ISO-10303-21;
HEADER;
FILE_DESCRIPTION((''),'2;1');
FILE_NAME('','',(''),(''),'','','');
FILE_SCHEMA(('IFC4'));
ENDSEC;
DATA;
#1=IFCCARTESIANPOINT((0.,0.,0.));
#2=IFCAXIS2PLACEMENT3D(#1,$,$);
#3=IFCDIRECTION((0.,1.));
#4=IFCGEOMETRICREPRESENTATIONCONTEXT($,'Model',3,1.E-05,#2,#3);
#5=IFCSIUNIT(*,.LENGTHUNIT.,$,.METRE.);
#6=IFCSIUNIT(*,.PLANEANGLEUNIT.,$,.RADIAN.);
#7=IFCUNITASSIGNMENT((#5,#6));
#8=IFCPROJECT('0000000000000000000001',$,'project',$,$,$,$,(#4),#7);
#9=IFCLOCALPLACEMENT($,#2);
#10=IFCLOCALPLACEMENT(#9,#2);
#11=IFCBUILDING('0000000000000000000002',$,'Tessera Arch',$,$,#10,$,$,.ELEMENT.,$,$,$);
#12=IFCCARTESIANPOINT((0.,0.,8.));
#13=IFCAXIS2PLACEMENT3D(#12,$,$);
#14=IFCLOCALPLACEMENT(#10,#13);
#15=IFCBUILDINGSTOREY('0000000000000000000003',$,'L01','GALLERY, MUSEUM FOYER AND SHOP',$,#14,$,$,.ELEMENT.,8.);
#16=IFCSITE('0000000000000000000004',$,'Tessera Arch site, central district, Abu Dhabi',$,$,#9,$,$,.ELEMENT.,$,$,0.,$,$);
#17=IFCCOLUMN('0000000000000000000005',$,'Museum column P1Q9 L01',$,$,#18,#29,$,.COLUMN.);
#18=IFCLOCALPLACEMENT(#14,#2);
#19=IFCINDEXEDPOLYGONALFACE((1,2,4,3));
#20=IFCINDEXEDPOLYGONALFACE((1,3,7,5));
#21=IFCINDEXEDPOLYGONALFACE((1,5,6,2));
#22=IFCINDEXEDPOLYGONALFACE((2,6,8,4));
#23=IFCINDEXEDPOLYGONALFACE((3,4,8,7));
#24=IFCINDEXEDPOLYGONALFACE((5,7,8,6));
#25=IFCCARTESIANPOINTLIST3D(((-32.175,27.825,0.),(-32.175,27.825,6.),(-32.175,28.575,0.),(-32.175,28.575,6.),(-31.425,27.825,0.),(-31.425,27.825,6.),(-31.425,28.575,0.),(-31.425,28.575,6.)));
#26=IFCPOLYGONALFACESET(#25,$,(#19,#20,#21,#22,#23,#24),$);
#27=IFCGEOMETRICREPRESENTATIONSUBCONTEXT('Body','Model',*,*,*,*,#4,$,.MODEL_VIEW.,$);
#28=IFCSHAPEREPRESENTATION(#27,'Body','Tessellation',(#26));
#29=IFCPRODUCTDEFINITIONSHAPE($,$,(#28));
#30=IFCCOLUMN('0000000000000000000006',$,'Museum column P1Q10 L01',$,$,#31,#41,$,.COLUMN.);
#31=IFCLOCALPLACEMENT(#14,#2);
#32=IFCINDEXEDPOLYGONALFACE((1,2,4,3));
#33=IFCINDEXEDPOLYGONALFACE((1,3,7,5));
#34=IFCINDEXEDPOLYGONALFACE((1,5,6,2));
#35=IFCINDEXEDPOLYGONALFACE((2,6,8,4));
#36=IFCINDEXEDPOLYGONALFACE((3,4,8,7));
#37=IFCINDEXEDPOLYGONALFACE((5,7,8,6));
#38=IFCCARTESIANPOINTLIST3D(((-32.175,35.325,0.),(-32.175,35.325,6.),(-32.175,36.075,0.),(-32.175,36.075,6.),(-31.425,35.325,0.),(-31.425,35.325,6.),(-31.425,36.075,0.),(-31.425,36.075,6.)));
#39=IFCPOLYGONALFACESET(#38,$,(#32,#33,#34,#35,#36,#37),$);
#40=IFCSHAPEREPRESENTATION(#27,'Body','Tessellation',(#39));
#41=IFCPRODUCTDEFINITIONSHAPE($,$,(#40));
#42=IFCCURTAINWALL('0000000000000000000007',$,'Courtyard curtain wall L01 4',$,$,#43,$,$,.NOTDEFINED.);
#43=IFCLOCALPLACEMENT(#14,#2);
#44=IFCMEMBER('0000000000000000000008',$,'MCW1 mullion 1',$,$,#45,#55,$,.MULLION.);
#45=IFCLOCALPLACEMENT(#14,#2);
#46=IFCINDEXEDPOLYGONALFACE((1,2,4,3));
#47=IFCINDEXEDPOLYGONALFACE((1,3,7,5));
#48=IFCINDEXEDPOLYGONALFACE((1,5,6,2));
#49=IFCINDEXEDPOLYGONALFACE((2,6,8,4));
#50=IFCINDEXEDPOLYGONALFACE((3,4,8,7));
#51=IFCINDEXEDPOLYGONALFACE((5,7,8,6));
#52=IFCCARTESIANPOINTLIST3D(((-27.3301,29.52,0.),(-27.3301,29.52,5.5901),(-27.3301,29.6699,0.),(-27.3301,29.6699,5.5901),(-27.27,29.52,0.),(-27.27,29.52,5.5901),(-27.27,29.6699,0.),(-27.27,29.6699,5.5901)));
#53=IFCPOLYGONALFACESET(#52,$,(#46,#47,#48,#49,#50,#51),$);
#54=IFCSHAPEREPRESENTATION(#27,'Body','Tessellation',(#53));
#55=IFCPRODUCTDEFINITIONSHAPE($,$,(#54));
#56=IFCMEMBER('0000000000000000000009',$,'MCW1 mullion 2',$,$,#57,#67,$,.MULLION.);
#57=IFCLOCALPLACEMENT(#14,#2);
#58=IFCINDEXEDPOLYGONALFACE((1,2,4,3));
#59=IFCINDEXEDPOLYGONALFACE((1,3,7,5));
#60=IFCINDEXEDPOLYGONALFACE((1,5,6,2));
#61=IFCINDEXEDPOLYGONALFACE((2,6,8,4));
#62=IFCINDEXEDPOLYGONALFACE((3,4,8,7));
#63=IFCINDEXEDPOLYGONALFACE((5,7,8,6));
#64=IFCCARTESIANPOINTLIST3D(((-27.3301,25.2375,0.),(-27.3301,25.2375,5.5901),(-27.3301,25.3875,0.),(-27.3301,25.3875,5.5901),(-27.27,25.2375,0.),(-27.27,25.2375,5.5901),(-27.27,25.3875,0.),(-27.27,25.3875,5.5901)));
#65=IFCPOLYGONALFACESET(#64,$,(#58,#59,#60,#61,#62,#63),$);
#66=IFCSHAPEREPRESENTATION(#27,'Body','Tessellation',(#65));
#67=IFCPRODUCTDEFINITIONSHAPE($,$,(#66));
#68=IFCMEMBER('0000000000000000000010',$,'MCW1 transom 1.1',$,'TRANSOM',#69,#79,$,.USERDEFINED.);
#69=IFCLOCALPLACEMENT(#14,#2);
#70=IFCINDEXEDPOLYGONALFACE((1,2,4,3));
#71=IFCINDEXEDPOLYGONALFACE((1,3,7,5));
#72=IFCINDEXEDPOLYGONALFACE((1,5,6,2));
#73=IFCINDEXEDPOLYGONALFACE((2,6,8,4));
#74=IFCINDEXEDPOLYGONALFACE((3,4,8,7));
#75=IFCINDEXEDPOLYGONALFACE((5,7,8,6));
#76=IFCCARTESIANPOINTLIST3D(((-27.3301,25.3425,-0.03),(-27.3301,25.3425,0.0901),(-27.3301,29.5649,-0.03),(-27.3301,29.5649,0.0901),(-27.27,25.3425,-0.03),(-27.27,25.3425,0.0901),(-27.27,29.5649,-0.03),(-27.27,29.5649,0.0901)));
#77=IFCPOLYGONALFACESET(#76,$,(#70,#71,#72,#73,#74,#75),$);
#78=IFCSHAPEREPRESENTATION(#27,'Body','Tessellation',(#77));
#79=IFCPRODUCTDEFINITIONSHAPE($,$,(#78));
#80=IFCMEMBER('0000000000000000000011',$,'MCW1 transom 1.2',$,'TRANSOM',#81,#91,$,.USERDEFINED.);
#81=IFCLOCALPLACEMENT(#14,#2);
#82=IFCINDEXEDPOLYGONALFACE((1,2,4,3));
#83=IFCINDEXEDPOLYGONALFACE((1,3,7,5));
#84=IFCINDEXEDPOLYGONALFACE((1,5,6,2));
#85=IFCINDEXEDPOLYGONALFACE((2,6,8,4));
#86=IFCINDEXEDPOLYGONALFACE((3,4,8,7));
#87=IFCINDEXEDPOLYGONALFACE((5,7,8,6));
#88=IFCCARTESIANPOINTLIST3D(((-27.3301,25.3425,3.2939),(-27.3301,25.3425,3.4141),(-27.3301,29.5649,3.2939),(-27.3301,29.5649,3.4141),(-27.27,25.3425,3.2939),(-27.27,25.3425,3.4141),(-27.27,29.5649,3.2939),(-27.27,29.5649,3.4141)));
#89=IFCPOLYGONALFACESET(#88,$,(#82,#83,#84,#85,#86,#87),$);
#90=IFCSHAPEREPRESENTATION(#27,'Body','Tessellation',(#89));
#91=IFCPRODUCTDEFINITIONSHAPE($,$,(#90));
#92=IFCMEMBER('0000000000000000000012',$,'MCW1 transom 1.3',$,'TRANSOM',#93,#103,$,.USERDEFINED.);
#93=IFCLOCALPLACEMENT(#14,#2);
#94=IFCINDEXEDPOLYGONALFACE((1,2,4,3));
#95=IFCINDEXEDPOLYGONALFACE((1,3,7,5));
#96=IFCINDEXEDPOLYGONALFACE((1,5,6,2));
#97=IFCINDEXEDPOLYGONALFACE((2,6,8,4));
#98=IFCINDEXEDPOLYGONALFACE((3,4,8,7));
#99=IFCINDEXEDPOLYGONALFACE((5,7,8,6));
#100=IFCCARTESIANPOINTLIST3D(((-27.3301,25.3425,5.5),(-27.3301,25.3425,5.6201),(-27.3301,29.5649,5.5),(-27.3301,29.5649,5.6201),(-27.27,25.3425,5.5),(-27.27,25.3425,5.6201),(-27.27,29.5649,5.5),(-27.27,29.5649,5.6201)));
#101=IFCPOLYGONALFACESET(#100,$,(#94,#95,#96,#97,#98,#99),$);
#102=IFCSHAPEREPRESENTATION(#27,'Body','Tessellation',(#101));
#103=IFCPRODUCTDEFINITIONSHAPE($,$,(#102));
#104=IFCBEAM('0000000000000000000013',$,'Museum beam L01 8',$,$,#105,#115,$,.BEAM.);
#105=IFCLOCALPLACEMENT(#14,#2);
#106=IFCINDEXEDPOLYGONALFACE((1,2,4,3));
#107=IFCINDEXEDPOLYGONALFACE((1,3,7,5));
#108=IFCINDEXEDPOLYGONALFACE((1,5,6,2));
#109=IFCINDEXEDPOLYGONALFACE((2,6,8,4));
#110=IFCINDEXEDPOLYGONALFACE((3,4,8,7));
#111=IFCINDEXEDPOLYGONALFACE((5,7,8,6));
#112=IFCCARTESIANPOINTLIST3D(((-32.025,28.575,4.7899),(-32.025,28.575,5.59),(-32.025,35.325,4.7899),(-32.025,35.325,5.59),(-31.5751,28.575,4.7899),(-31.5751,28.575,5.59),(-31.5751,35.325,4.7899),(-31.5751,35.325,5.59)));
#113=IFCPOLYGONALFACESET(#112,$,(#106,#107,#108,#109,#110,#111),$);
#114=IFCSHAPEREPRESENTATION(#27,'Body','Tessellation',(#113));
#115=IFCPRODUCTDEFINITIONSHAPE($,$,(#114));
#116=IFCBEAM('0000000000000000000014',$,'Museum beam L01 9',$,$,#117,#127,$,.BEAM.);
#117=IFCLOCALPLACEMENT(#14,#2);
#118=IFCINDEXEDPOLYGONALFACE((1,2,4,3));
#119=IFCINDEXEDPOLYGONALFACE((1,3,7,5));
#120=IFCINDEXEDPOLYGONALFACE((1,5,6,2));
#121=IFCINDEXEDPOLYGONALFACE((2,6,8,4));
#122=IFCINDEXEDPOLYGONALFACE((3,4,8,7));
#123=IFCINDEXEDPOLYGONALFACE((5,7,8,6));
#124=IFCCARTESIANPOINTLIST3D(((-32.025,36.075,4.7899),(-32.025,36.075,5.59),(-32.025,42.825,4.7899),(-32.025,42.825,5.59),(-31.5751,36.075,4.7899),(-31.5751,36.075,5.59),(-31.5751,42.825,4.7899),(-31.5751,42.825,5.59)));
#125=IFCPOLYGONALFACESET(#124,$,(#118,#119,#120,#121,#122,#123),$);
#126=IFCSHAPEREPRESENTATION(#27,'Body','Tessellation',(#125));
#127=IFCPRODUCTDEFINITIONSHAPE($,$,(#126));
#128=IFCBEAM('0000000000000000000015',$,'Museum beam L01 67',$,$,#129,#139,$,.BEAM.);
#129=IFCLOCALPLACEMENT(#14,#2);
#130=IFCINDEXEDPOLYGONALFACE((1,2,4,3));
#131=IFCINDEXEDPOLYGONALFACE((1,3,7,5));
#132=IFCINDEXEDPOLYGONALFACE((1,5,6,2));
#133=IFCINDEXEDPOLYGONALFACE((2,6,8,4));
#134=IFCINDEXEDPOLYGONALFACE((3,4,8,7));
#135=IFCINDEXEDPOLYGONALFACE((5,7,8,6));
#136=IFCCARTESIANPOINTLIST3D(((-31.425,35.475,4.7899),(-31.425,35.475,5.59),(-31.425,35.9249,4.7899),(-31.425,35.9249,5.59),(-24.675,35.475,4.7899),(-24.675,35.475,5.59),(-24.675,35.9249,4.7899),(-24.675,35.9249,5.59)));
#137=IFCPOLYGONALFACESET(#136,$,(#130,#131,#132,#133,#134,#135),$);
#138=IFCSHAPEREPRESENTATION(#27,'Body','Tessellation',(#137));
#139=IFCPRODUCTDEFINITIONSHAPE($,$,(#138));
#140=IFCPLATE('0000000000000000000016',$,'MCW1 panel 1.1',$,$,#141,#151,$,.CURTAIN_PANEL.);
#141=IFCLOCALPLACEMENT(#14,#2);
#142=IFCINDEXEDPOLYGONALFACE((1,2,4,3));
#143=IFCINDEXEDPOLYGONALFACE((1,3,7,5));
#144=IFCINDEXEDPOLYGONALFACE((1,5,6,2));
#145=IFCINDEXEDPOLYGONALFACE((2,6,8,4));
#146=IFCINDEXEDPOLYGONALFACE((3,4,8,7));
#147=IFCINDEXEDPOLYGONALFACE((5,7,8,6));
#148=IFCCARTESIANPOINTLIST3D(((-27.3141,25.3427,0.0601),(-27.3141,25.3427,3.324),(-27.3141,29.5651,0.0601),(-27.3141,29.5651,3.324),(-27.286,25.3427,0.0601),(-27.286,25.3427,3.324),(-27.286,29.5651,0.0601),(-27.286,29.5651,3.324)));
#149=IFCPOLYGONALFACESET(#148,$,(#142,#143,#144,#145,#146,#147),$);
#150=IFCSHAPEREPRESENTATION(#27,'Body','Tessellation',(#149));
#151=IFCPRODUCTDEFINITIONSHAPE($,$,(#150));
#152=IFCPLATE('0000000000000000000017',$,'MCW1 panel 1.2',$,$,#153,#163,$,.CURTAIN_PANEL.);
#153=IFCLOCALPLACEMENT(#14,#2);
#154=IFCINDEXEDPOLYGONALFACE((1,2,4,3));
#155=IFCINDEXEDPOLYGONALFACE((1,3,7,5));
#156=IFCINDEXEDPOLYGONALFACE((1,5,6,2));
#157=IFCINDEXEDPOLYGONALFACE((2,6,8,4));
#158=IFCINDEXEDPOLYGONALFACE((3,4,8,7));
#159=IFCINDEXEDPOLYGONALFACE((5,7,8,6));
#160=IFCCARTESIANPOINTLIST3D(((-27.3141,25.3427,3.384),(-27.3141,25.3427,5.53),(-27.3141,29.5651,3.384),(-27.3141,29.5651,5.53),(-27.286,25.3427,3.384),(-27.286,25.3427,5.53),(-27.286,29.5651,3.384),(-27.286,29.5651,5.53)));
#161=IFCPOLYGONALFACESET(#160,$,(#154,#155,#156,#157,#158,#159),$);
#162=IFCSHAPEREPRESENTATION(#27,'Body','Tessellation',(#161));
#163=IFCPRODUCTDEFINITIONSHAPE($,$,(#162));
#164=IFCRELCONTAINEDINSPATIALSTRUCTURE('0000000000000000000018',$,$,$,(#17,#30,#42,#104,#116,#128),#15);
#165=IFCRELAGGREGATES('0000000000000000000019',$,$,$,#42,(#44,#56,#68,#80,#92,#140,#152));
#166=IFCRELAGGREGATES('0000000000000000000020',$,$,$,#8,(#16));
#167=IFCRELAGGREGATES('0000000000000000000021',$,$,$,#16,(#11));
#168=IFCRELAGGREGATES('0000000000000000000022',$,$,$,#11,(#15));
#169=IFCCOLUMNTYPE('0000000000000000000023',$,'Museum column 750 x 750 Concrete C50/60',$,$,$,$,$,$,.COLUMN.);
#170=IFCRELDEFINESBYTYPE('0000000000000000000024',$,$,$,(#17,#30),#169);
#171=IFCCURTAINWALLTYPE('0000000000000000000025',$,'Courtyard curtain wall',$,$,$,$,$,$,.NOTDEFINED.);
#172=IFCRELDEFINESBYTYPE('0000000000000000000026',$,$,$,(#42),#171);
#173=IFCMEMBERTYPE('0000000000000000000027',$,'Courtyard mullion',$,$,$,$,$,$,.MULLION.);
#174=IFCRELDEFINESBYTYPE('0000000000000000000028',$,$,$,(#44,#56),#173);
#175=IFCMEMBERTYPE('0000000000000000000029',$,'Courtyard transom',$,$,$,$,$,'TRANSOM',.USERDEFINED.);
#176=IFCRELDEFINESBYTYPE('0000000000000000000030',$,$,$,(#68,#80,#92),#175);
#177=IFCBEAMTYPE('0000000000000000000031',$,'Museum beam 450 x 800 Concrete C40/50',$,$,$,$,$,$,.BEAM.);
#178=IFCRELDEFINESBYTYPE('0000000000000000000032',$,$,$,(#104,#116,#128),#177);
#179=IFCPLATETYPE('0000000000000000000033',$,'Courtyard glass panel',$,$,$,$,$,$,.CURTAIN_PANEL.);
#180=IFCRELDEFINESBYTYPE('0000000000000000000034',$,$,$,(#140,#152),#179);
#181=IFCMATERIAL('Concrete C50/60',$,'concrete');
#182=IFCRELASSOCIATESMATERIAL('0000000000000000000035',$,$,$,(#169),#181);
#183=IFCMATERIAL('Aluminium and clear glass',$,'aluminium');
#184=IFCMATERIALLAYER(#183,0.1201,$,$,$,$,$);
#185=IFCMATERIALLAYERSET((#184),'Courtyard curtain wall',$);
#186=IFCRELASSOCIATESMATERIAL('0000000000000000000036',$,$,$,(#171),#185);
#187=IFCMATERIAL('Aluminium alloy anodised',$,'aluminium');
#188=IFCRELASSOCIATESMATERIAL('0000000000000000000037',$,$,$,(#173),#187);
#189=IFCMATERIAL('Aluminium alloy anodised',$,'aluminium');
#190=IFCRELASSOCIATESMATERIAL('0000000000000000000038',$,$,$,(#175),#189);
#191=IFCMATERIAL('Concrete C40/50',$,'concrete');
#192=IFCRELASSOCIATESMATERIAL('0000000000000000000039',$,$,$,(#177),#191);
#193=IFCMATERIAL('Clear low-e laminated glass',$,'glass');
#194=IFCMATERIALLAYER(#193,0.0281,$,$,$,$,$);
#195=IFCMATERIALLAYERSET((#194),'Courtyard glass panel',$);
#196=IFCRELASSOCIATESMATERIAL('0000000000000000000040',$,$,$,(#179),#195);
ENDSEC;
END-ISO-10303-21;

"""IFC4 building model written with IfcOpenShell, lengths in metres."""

from ifc_helpers import new_model, si_unit, direction, frame, origin, origin_2d, place, context, subcontext, project, spatial, rectangle, extrude, material, layer, layer_set, material_profile, profile_set, type_object, element, aggregate, save


model = new_model("IFC4")

# Units and contexts
model_context = context("Model", 3, precision=1e-05, world=origin(), true_north=direction((0.0, 1.0)))
body_context = subcontext(model_context, "Body", "Model", "MODEL_VIEW")
ifc_project = project(units=[si_unit("LENGTHUNIT", "METRE"), si_unit("PLANEANGLEUNIT", "RADIAN")], contexts=[model_context])

# Site, building, storey
site_placement = place(None, origin())
site = spatial("IfcSite", under=ifc_project, at=site_placement, Name="Tessera Arch site, central district, Abu Dhabi", CompositionType="ELEMENT", RefElevation=0.0)
building_placement = place(site_placement, origin())
building = spatial("IfcBuilding", under=site, at=building_placement, Name="Tessera Arch", CompositionType="ELEMENT")
storey_placement = place(building_placement, frame((0.0, 0.0, 8.0)))
storey = spatial("IfcBuildingStorey", under=building, at=storey_placement, Name="L01", Description="GALLERY, MUSEUM FOYER AND SHOP", CompositionType="ELEMENT", Elevation=8.0)

# Columns
ifc_material_1 = material(Name="Concrete C50/60", Category="concrete")
ifc_material_profile_1 = material_profile(ifc_material_1, rectangle(XDim=0.75, YDim=0.75, at=origin_2d()), Name="Museum column 750 x 750 Concrete C50/60")
ifc_profile_set_1 = profile_set([ifc_material_profile_1], Name="Concrete C50/60")
column_type = type_object("IfcColumnType", Name="Museum column 750 x 750 Concrete C50/60", PredefinedType="COLUMN", material=ifc_profile_set_1)
for number, where, z_axis, x_axis, name in (
    (1, (-31.8, 28.2, 0.0), (0.0, 0.0, 1.0), (1.0, 0.0, 0.0), "Museum column P1Q9 L01"),
    (2, (-31.8, 35.7, 0.0), (0.0, 0.0, 1.0), (1.0, 0.0, 0.0), "Museum column P1Q10 L01"),
):
    element("IfcColumn", number, at=place(storey_placement, frame(where, z_axis=z_axis, x_axis=x_axis)), inside=storey, type_object=column_type, Name=name, PredefinedType="COLUMN", context=body_context, shape_type="SweptSolid", body=[
        extrude(rectangle(XDim=0.75, YDim=0.75, at=origin_2d()), origin(), (0.0, 0.0, 1.0), 6.0),
    ])

# Curtain wall, members
ifc_material_2 = material(Name="Aluminium and clear glass", Category="aluminium")
ifc_layer_1 = layer(ifc_material_2, 0.1201)
ifc_layer_set_1 = layer_set([ifc_layer_1], Name="Courtyard curtain wall")
curtain_wall_type = type_object("IfcCurtainWallType", Name="Courtyard curtain wall", PredefinedType="NOTDEFINED", material=ifc_layer_set_1)
curtain_wall_placement = place(storey_placement, origin())
curtain_wall = element("IfcCurtainWall", 3, at=curtain_wall_placement, inside=storey, type_object=curtain_wall_type, Name="Courtyard curtain wall L01 4", PredefinedType="NOTDEFINED")
ifc_material_3 = material(Name="Aluminium alloy anodised", Category="aluminium")
ifc_material_profile_2 = material_profile(ifc_material_3, rectangle(XDim=0.0601, YDim=0.1499, at=origin_2d()), Name="Courtyard mullion")
ifc_profile_set_2 = profile_set([ifc_material_profile_2], Name="Aluminium alloy anodised")
member_type_1 = type_object("IfcMemberType", Name="Courtyard mullion", PredefinedType="MULLION", material=ifc_profile_set_2)
member_1_placement = place(storey_placement, frame((-27.3, 29.595, 0.0), z_axis=(0.0, 0.0, 1.0), x_axis=(1.0, 0.0, 0.0)))
member_1 = element("IfcMember", 4, at=member_1_placement, type_object=member_type_1, Name="MCW1 mullion 1", PredefinedType="MULLION", context=body_context, shape_type="SweptSolid", body=[
    extrude(rectangle(XDim=0.0601, YDim=0.1499, at=origin_2d()), origin(), (0.0, 0.0, 1.0), 5.5901),
])
member_2_placement = place(storey_placement, frame((-27.3, 25.3125, 0.0), z_axis=(0.0, 0.0, 1.0), x_axis=(1.0, 0.0, 0.0)))
member_2 = element("IfcMember", 5, at=member_2_placement, type_object=member_type_1, Name="MCW1 mullion 2", PredefinedType="MULLION", context=body_context, shape_type="SweptSolid", body=[
    extrude(rectangle(XDim=0.0601, YDim=0.1499, at=origin_2d()), origin(), (0.0, 0.0, 1.0), 5.5901),
])
ifc_material_4 = material(Name="Aluminium alloy anodised", Category="aluminium")
ifc_material_profile_3 = material_profile(ifc_material_4, rectangle(XDim=0.0601, YDim=0.1201, at=origin_2d()), Name="Courtyard transom")
ifc_profile_set_3 = profile_set([ifc_material_profile_3], Name="Aluminium alloy anodised")
member_type_2 = type_object("IfcMemberType", Name="Courtyard transom", ElementType="TRANSOM", PredefinedType="USERDEFINED", material=ifc_profile_set_3)
member_3_placement = place(storey_placement, frame((-27.3, 29.5649, 0.03), z_axis=(0.0, -1.0, 0.0), x_axis=(1.0, 0.0, 0.0)))
member_3 = element("IfcMember", 6, at=member_3_placement, type_object=member_type_2, Name="MCW1 transom 1.1", ObjectType="TRANSOM", PredefinedType="USERDEFINED", context=body_context, shape_type="SweptSolid", body=[
    extrude(rectangle(XDim=0.0601, YDim=0.1201, at=origin_2d()), origin(), (0.0, 0.0, 1.0), 4.2224),
])
member_4_placement = place(storey_placement, frame((-27.3, 29.5649, 3.354), z_axis=(0.0, -1.0, 0.0), x_axis=(1.0, 0.0, 0.0)))
member_4 = element("IfcMember", 7, at=member_4_placement, type_object=member_type_2, Name="MCW1 transom 1.2", ObjectType="TRANSOM", PredefinedType="USERDEFINED", context=body_context, shape_type="SweptSolid", body=[
    extrude(rectangle(XDim=0.0601, YDim=0.1201, at=origin_2d()), origin(), (0.0, 0.0, 1.0), 4.2224),
])
member_5_placement = place(storey_placement, frame((-27.3, 29.5649, 5.5601), z_axis=(0.0, -1.0, 0.0), x_axis=(1.0, 0.0, 0.0)))
member_5 = element("IfcMember", 8, at=member_5_placement, type_object=member_type_2, Name="MCW1 transom 1.3", ObjectType="TRANSOM", PredefinedType="USERDEFINED", context=body_context, shape_type="SweptSolid", body=[
    extrude(rectangle(XDim=0.0601, YDim=0.1201, at=origin_2d()), origin(), (0.0, 0.0, 1.0), 4.2224),
])

# Beams
ifc_material_5 = material(Name="Concrete C40/50", Category="concrete")
ifc_material_profile_4 = material_profile(ifc_material_5, rectangle(XDim=0.45, YDim=0.8, at=origin_2d()), Name="Museum beam 450 x 800 Concrete C40/50")
ifc_profile_set_4 = profile_set([ifc_material_profile_4], Name="Concrete C40/50")
beam_type = type_object("IfcBeamType", Name="Museum beam 450 x 800 Concrete C40/50", PredefinedType="BEAM", material=ifc_profile_set_4)
for number, where, z_axis, x_axis, name in (
    (9, (-31.8, 28.575, 5.1899), (0.0, 1.0, 0.0), (-1.0, 0.0, 0.0), "Museum beam L01 8"),
    (10, (-31.8, 36.075, 5.1899), (0.0, 1.0, 0.0), (-1.0, 0.0, 0.0), "Museum beam L01 9"),
    (11, (-31.425, 35.7, 5.1899), (1.0, 0.0, 0.0), (0.0, 1.0, 0.0), "Museum beam L01 67"),
):
    element("IfcBeam", number, at=place(storey_placement, frame(where, z_axis=z_axis, x_axis=x_axis)), inside=storey, type_object=beam_type, Name=name, PredefinedType="BEAM", context=body_context, shape_type="SweptSolid", body=[
        extrude(rectangle(XDim=0.45, YDim=0.8, at=origin_2d()), origin(), (0.0, 0.0, 1.0), 6.75),
    ])

# Plates
ifc_material_6 = material(Name="Clear low-e laminated glass", Category="glass")
ifc_layer_2 = layer(ifc_material_6, 0.0281)
ifc_layer_set_2 = layer_set([ifc_layer_2], Name="Courtyard glass panel")
plate_type = type_object("IfcPlateType", Name="Courtyard glass panel", PredefinedType="CURTAIN_PANEL", material=ifc_layer_set_2)
plate_1_placement = place(storey_placement, frame((-27.3, 27.4539, 0.0601), z_axis=(0.0, 0.0, 1.0), x_axis=(0.0, -1.0, 0.0)))
plate_1 = element("IfcPlate", 12, at=plate_1_placement, type_object=plate_type, Name="MCW1 panel 1.1", PredefinedType="CURTAIN_PANEL", context=body_context, shape_type="SweptSolid", body=[
    extrude(rectangle(XDim=4.2224, YDim=0.0281, at=origin_2d()), origin(), (0.0, 0.0, 1.0), 3.2639),
])
plate_2_placement = place(storey_placement, frame((-27.3, 27.4539, 3.384), z_axis=(0.0, 0.0, 1.0), x_axis=(0.0, -1.0, 0.0)))
plate_2 = element("IfcPlate", 13, at=plate_2_placement, type_object=plate_type, Name="MCW1 panel 1.2", PredefinedType="CURTAIN_PANEL", context=body_context, shape_type="SweptSolid", body=[
    extrude(rectangle(XDim=4.2224, YDim=0.0281, at=origin_2d()), origin(), (0.0, 0.0, 1.0), 2.146),
])
aggregate(curtain_wall, [member_1, member_2, member_3, member_4, member_5, plate_1, plate_2])

save(model, "model.ifc")
